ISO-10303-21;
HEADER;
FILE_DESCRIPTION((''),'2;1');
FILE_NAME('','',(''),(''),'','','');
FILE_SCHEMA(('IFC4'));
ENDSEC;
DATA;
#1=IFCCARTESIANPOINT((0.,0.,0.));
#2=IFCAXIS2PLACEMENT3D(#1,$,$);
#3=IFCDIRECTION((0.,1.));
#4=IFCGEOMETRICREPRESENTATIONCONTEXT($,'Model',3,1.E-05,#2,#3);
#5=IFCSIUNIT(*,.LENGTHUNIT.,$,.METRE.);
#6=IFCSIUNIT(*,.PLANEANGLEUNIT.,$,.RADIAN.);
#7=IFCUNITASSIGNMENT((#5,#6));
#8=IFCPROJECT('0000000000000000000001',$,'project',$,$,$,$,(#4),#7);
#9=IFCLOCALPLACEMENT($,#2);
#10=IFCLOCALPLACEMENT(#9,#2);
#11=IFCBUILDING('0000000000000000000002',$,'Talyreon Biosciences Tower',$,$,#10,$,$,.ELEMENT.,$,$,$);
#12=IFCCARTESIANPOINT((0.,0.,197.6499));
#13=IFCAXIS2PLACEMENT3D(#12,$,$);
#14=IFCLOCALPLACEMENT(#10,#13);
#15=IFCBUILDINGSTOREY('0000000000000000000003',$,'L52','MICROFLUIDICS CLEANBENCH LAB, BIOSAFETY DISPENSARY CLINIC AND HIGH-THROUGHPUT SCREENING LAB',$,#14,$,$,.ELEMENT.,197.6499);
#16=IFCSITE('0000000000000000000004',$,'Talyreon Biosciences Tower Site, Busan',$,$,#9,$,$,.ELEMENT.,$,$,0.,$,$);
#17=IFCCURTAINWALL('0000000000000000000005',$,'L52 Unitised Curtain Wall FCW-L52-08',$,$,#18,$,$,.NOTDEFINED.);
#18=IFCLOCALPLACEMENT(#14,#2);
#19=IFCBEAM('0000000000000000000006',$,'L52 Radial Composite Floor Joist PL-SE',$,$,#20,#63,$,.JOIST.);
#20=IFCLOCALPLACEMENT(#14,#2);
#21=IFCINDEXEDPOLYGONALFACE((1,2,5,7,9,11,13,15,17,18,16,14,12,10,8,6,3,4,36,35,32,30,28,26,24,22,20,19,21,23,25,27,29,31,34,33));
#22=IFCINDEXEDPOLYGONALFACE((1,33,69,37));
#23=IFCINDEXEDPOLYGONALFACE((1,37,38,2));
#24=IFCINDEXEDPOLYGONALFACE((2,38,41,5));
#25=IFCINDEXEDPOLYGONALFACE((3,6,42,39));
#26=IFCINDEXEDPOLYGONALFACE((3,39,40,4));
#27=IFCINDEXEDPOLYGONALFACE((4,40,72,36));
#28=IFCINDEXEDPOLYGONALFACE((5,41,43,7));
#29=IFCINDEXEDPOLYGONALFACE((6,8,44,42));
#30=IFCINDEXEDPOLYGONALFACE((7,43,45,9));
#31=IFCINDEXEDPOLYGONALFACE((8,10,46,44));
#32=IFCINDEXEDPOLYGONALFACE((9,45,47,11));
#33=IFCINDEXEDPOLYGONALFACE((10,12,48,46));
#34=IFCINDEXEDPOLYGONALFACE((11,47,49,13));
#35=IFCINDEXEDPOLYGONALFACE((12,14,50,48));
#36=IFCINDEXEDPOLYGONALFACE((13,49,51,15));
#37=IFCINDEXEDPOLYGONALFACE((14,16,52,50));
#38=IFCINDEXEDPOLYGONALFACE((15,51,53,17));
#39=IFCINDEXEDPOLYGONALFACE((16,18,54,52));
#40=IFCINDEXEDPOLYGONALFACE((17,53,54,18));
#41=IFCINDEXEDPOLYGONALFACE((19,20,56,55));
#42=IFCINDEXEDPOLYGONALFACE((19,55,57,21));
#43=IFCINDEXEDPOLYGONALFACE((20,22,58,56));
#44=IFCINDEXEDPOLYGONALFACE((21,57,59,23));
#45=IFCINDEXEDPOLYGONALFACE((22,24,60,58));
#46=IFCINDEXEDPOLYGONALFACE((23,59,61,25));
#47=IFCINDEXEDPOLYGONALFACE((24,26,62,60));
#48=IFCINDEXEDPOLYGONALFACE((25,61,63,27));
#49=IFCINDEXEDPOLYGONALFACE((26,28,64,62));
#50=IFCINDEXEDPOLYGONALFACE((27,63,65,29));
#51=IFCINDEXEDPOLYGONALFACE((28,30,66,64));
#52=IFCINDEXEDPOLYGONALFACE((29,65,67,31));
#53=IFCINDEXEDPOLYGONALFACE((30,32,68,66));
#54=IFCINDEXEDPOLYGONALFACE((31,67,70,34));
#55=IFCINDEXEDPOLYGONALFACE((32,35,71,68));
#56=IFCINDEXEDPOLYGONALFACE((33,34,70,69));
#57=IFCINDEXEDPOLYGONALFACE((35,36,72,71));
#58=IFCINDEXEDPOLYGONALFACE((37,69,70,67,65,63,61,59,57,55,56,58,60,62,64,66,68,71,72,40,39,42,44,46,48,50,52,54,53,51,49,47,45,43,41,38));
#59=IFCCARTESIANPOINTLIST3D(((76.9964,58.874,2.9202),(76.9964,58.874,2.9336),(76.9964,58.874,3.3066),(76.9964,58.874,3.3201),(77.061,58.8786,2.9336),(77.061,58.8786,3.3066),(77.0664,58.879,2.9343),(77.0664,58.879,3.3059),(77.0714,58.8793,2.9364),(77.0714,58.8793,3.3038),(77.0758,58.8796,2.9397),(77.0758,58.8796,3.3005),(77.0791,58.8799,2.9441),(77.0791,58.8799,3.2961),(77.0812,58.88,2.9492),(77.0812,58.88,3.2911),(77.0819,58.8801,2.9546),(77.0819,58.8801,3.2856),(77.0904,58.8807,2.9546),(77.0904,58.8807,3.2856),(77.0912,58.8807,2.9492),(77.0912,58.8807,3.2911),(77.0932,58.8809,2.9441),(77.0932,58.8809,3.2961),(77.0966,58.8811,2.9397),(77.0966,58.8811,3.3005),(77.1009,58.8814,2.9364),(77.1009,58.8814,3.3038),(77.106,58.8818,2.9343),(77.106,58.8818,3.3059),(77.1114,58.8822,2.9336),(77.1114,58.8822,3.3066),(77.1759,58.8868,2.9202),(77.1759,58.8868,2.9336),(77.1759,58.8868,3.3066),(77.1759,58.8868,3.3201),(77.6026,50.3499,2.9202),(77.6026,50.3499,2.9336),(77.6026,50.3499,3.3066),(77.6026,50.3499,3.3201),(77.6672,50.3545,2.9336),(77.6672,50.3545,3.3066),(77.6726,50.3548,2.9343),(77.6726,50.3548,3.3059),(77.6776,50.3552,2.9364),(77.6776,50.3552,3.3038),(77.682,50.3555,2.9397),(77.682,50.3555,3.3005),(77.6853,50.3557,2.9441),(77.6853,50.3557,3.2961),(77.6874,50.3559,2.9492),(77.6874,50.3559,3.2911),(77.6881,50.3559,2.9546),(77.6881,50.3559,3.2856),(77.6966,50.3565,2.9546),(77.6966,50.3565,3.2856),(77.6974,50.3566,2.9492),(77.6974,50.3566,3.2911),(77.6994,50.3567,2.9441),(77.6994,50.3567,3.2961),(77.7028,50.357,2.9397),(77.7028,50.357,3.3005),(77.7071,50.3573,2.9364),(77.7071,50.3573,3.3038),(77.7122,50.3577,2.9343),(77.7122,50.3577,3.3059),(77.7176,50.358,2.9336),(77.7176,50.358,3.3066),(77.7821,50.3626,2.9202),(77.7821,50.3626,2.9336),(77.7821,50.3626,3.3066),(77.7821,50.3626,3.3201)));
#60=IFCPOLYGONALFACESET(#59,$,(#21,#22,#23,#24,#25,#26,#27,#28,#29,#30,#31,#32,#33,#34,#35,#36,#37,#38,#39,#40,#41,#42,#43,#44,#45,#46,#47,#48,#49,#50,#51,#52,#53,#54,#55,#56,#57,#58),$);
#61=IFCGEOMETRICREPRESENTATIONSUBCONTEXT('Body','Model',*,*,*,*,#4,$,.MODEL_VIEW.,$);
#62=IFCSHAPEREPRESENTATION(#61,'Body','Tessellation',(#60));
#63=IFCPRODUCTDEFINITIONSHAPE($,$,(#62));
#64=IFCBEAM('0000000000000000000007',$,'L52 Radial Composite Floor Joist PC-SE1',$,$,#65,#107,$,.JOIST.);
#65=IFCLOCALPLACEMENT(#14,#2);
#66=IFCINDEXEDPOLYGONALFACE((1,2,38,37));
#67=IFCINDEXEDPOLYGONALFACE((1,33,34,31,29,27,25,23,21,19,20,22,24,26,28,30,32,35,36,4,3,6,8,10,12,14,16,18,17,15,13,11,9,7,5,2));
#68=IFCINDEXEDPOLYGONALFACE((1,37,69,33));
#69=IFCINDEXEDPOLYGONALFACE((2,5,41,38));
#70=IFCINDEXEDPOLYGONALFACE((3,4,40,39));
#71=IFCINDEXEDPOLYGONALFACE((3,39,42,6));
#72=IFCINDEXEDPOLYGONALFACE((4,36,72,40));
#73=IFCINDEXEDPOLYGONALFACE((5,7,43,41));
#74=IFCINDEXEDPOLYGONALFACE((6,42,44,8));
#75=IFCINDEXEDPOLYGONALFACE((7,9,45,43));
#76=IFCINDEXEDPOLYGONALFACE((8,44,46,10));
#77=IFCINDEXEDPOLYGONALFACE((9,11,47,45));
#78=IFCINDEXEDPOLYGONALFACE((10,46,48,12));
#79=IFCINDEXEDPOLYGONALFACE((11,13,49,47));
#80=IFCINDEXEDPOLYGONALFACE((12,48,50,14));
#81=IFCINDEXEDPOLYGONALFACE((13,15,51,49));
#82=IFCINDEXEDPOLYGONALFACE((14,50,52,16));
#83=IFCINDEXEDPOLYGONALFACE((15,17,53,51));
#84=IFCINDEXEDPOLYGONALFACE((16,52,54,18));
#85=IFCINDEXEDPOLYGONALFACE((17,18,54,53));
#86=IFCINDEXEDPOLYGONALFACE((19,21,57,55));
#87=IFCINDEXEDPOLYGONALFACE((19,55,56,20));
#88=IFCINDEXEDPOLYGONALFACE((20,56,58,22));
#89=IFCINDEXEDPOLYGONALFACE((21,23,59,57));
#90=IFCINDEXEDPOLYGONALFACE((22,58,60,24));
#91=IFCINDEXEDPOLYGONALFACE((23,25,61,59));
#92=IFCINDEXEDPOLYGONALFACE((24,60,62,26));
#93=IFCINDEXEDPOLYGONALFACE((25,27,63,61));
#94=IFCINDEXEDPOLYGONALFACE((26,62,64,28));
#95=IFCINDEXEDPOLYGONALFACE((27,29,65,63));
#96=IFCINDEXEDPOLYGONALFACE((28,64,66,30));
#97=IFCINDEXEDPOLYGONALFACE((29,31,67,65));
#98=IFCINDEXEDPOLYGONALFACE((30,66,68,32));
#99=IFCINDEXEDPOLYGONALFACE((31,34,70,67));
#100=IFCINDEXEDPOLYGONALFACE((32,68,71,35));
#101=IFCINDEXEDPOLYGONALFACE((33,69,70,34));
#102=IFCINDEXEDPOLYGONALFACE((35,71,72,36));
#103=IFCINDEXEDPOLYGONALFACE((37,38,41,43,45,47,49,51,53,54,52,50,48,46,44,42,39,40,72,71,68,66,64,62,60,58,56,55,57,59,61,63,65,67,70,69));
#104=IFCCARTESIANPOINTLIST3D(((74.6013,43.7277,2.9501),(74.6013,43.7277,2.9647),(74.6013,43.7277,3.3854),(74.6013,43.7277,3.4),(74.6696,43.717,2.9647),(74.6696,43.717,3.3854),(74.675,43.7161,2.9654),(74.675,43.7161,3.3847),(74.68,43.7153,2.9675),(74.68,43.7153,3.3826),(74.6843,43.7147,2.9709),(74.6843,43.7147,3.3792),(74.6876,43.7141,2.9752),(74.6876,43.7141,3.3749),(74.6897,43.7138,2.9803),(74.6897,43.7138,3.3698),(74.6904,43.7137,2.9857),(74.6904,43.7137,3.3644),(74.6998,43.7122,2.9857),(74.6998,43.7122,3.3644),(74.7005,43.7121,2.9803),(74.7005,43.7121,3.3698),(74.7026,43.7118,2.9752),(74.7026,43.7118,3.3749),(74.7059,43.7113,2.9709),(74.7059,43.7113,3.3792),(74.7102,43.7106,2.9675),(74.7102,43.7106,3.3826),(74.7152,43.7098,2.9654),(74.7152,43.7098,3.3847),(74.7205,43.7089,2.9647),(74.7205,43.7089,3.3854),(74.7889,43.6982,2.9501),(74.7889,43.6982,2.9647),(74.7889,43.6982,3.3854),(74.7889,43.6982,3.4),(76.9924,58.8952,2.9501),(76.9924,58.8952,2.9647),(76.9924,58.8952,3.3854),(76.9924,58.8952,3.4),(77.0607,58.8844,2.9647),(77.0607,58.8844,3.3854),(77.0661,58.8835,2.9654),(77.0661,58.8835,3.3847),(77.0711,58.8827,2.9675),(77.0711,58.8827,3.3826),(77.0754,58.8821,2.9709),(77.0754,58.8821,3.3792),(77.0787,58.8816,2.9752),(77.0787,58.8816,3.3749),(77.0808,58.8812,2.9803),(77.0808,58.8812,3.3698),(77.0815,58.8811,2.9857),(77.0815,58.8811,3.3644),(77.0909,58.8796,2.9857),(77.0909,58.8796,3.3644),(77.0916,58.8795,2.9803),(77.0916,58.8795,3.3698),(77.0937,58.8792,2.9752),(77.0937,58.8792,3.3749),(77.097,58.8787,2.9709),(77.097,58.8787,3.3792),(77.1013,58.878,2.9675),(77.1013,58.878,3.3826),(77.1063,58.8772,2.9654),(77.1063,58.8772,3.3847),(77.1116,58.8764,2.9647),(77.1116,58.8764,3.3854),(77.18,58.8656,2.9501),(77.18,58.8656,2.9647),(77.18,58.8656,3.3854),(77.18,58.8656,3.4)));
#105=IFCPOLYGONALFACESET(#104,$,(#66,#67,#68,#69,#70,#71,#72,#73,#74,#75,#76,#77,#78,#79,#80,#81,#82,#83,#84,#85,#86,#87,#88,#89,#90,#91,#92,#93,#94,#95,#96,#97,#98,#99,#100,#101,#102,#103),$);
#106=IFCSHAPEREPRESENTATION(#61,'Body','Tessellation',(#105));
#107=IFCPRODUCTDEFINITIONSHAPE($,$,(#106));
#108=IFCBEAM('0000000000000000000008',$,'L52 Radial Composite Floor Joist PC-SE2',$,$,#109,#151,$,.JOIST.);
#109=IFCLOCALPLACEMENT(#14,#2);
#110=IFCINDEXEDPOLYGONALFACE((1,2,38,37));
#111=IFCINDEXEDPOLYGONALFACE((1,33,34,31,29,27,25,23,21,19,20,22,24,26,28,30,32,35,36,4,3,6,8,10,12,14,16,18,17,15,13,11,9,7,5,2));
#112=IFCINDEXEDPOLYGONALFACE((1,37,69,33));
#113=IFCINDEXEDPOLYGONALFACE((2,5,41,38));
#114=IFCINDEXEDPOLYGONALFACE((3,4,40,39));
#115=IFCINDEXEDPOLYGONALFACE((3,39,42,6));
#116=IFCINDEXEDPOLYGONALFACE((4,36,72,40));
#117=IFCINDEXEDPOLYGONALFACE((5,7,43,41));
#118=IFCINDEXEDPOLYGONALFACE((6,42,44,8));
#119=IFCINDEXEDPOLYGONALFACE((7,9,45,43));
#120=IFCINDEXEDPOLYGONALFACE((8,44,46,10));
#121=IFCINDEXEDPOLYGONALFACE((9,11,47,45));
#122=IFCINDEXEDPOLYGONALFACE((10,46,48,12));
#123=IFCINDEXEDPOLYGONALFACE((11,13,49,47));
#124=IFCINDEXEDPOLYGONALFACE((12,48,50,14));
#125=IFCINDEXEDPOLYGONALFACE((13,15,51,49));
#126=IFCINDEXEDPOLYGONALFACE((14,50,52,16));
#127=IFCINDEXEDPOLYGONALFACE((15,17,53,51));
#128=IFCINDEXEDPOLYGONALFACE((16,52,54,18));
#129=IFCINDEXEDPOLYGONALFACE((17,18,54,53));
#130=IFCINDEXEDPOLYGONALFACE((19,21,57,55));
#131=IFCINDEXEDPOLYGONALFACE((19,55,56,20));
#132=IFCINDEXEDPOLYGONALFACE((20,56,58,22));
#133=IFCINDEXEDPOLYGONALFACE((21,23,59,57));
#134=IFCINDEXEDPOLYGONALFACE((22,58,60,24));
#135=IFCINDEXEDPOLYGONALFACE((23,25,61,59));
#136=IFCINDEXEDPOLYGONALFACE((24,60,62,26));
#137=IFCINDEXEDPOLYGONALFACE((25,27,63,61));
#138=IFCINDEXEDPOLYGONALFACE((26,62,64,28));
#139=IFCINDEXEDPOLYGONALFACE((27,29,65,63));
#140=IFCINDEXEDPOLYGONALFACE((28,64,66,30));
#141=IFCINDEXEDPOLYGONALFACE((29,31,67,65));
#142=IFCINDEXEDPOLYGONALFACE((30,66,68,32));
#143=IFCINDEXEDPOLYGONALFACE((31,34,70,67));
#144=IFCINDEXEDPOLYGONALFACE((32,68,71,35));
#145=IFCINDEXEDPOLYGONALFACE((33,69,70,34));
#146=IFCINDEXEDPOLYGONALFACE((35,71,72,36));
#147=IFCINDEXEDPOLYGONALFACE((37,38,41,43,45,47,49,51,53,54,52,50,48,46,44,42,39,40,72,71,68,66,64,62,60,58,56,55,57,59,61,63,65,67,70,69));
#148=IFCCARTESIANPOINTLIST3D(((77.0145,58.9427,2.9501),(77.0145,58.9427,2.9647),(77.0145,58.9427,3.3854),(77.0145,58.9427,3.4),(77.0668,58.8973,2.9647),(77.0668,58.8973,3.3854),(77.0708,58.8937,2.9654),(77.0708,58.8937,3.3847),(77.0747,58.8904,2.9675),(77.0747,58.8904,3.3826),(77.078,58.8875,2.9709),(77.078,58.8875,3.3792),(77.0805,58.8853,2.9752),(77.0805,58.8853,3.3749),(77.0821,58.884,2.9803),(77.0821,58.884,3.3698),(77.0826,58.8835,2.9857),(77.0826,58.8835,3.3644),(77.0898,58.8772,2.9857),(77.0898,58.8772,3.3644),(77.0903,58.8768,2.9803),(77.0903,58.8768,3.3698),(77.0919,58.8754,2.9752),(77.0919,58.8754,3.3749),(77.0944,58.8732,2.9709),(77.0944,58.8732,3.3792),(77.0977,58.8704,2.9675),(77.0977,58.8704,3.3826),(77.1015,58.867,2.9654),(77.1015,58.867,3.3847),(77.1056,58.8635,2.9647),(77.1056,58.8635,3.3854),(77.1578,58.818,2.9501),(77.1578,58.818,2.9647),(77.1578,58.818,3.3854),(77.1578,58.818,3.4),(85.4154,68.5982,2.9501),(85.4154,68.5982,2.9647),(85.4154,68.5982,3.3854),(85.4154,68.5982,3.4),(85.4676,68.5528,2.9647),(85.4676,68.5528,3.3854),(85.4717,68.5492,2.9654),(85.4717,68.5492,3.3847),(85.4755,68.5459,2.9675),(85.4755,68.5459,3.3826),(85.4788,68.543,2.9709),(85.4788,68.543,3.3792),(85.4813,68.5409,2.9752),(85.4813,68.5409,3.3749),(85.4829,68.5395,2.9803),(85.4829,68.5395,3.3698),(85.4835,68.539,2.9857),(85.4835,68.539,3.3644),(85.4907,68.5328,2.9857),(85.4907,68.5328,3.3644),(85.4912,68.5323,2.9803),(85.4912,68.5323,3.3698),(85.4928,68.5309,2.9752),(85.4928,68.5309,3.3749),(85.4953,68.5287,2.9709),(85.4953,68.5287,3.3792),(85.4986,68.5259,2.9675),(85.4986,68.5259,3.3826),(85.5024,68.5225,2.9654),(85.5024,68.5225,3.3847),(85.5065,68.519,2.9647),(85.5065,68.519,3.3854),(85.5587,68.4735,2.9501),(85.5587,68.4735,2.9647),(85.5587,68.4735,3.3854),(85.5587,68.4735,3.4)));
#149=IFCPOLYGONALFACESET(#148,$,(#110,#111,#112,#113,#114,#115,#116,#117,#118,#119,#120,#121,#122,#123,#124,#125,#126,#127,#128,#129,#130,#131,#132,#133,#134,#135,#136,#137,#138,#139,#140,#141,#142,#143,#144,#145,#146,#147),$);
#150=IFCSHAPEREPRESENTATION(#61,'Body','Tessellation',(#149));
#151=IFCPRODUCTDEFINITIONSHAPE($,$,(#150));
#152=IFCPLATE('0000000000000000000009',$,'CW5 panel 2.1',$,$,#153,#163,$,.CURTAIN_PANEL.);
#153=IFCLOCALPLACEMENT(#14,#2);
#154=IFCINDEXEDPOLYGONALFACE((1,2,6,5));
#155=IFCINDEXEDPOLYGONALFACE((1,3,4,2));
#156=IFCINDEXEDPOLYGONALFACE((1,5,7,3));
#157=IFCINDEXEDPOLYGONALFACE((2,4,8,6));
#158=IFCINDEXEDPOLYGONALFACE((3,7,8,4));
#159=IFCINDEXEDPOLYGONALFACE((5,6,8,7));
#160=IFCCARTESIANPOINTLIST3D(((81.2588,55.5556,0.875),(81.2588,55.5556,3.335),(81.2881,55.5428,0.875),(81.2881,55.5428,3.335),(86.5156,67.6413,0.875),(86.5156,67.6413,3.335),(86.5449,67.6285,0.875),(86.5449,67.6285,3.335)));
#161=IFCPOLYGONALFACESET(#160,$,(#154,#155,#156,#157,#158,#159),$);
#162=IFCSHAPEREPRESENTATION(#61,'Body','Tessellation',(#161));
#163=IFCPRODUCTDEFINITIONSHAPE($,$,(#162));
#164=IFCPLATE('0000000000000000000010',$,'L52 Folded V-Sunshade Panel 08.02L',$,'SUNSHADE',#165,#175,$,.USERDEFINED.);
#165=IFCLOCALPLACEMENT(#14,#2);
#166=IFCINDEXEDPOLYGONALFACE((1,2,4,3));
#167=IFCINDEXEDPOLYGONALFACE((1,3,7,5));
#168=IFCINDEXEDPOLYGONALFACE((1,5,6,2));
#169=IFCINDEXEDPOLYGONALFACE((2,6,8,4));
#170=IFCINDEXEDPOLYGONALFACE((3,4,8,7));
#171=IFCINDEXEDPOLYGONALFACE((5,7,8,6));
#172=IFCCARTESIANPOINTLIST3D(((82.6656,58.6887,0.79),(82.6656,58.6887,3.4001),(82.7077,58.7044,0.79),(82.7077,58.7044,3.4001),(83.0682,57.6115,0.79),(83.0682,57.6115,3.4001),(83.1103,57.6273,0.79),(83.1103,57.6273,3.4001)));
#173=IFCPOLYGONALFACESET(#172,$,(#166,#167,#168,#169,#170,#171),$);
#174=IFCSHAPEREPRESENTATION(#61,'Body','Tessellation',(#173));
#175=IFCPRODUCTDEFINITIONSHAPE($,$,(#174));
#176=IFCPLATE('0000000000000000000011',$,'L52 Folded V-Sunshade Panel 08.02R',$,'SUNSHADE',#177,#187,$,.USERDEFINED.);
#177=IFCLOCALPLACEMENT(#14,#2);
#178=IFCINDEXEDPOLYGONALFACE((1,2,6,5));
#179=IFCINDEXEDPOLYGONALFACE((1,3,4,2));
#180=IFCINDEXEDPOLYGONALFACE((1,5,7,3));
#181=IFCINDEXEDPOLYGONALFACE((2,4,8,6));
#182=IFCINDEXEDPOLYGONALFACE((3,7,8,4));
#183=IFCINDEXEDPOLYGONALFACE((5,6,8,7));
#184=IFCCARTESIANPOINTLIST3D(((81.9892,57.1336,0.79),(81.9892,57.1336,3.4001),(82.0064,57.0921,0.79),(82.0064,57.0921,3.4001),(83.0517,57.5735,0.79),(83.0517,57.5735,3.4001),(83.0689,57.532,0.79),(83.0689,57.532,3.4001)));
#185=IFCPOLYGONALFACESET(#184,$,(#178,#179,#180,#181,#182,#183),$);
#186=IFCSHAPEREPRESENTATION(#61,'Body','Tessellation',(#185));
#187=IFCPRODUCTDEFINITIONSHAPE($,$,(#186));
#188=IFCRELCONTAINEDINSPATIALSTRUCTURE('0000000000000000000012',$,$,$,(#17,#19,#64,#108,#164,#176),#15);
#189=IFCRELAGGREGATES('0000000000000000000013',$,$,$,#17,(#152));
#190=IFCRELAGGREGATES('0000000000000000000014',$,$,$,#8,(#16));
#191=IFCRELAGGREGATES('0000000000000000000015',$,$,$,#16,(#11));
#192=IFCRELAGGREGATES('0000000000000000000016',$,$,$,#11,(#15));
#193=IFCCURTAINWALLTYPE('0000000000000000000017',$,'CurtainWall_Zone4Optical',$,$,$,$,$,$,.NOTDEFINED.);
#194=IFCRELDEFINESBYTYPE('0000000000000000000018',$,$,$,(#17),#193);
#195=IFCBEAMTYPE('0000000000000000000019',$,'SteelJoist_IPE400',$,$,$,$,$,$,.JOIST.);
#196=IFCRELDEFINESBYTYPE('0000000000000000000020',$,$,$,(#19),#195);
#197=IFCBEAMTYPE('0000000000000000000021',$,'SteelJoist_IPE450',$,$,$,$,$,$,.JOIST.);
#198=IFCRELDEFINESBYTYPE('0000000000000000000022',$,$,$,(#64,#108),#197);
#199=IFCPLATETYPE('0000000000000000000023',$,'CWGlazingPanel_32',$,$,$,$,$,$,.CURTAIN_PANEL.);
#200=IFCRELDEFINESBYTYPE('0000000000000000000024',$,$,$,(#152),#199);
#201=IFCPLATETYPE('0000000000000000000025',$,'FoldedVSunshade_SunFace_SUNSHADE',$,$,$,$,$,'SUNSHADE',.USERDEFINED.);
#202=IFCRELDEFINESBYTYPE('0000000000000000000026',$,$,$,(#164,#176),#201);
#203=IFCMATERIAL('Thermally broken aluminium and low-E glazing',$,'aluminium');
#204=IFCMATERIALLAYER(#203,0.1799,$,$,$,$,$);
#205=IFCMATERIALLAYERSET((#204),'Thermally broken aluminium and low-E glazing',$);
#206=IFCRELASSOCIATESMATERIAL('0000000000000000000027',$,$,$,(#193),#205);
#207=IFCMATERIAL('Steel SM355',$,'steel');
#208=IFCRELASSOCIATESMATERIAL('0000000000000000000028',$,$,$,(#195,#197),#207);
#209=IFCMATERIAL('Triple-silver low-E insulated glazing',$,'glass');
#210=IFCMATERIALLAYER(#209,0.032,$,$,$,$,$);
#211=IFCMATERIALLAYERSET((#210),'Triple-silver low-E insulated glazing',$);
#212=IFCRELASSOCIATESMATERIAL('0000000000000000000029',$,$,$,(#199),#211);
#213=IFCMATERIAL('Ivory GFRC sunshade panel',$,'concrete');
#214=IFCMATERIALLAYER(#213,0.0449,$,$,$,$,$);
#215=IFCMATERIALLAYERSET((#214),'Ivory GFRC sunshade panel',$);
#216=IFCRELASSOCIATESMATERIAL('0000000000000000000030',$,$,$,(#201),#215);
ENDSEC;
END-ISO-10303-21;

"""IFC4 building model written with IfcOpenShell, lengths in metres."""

from ifc_helpers import new_model, si_unit, direction, frame, origin, origin_2d, place, context, subcontext, project, spatial, rectangle, i_section, extrude, material, layer, layer_set, material_profile, profile_set, type_object, element, aggregate, save


model = new_model("IFC4")

# Units and contexts
model_context = context("Model", 3, precision=1e-05, world=origin(), true_north=direction((0.0, 1.0)))
body_context = subcontext(model_context, "Body", "Model", "MODEL_VIEW")
ifc_project = project(units=[si_unit("LENGTHUNIT", "METRE"), si_unit("PLANEANGLEUNIT", "RADIAN")], contexts=[model_context])

# Site, building, storey
site_placement = place(None, origin())
site = spatial("IfcSite", under=ifc_project, at=site_placement, Name="Talyreon Biosciences Tower Site, Busan", CompositionType="ELEMENT", RefElevation=0.0)
building_placement = place(site_placement, origin())
building = spatial("IfcBuilding", under=site, at=building_placement, Name="Talyreon Biosciences Tower", CompositionType="ELEMENT")
storey_placement = place(building_placement, frame((0.0, 0.0, 197.6499)))
storey = spatial("IfcBuildingStorey", under=building, at=storey_placement, Name="L52", Description="MICROFLUIDICS CLEANBENCH LAB, BIOSAFETY DISPENSARY CLINIC AND HIGH-THROUGHPUT SCREENING LAB", CompositionType="ELEMENT", Elevation=197.6499)

# Curtain wall
ifc_material_1 = material(Name="Thermally broken aluminium and low-E glazing", Category="aluminium")
ifc_layer_1 = layer(ifc_material_1, 0.1799)
ifc_layer_set_1 = layer_set([ifc_layer_1], Name="Thermally broken aluminium and low-E glazing")
curtain_wall_type = type_object("IfcCurtainWallType", Name="CurtainWall_Zone4Optical", PredefinedType="NOTDEFINED", material=ifc_layer_set_1)
curtain_wall_placement = place(storey_placement, origin())
curtain_wall = element("IfcCurtainWall", 1, at=curtain_wall_placement, inside=storey, type_object=curtain_wall_type, Name="L52 Unitised Curtain Wall FCW-L52-08", PredefinedType="NOTDEFINED")

# Beams
ifc_material_2 = material(Name="Steel SM355", Category="steel")
ifc_material_profile_1 = material_profile(ifc_material_2, i_section(OverallWidth=0.1799, OverallDepth=0.3999, WebThickness=0.0085, FlangeThickness=0.0134, FilletRadius=0.021, at=origin_2d()), Name="IPE400")
ifc_profile_set_1 = profile_set([ifc_material_profile_1], Name="Steel SM355")
beam_type_1 = type_object("IfcBeamType", Name="SteelJoist_IPE400", PredefinedType="JOIST", material=ifc_profile_set_1)
beam_1_placement = place(storey_placement, frame((77.0862, 58.8804, 3.1201), z_axis=(0.070936, -0.997481, 0.0), x_axis=(0.997481, 0.070936, 0.0)))
element("IfcBeam", 2, at=beam_1_placement, inside=storey, type_object=beam_type_1, Name="L52 Radial Composite Floor Joist PL-SE", PredefinedType="JOIST", context=body_context, shape_type="SweptSolid", body=[
    extrude(i_section(OverallWidth=0.1799, OverallDepth=0.3999, WebThickness=0.0085, FlangeThickness=0.0134, FilletRadius=0.021, at=origin_2d()), origin(), (0.0, 0.0, 1.0), 8.5457),
])
ifc_material_profile_2 = material_profile(ifc_material_2, i_section(OverallWidth=0.1899, OverallDepth=0.45, WebThickness=0.0095, FlangeThickness=0.0146, FilletRadius=0.021, at=origin_2d()), Name="IPE450")
ifc_profile_set_2 = profile_set([ifc_material_profile_2], Name="Steel SM355")
beam_type_2 = type_object("IfcBeamType", Name="SteelJoist_IPE450", PredefinedType="JOIST", material=ifc_profile_set_2)
beam_2_placement = place(storey_placement, frame((77.0862, 58.8804, 3.175), z_axis=(-0.155724, -0.987801, 0.0), x_axis=(0.987801, -0.155724, 0.0)))
element("IfcBeam", 3, at=beam_2_placement, inside=storey, type_object=beam_type_2, Name="L52 Radial Composite Floor Joist PC-SE1", PredefinedType="JOIST", context=body_context, shape_type="SweptSolid", body=[
    extrude(i_section(OverallWidth=0.1899, OverallDepth=0.45, WebThickness=0.0095, FlangeThickness=0.0146, FilletRadius=0.021, at=origin_2d()), origin(), (0.0, 0.0, 1.0), 15.3547),
])
beam_3_placement = place(storey_placement, frame((77.0862, 58.8804, 3.175), z_axis=(0.656391, 0.754421, 0.0), x_axis=(-0.754421, 0.656391, 0.0)))
element("IfcBeam", 4, at=beam_3_placement, inside=storey, type_object=beam_type_2, Name="L52 Radial Composite Floor Joist PC-SE2", PredefinedType="JOIST", context=body_context, shape_type="SweptSolid", body=[
    extrude(i_section(OverallWidth=0.1899, OverallDepth=0.45, WebThickness=0.0095, FlangeThickness=0.0146, FilletRadius=0.021, at=origin_2d()), origin(), (0.0, 0.0, 1.0), 12.7986),
])

# Plate
ifc_material_3 = material(Name="Triple-silver low-E insulated glazing", Category="glass")
ifc_layer_2 = layer(ifc_material_3, 0.032)
ifc_layer_set_2 = layer_set([ifc_layer_2], Name="Triple-silver low-E insulated glazing")
plate_type_1 = type_object("IfcPlateType", Name="CWGlazingPanel_32", PredefinedType="CURTAIN_PANEL", material=ifc_layer_set_2)
plate_placement = place(storey_placement, frame((83.9019, 61.592, 0.875), z_axis=(0.0, 0.0, 1.0), x_axis=(-0.398862, -0.917011, 0.0)))
plate = element("IfcPlate", 5, at=plate_placement, type_object=plate_type_1, Name="CW5 panel 2.1", PredefinedType="CURTAIN_PANEL", context=body_context, shape_type="SweptSolid", body=[
    extrude(rectangle(XDim=13.1794, YDim=0.032, at=origin_2d()), origin(), (0.0, 0.0, 1.0), 2.46),
])
aggregate(curtain_wall, [plate])

# Plates
ifc_material_4 = material(Name="Ivory GFRC sunshade panel", Category="concrete")
ifc_layer_3 = layer(ifc_material_4, 0.0449)
ifc_layer_set_3 = layer_set([ifc_layer_3], Name="Ivory GFRC sunshade panel")
plate_type_2 = type_object("IfcPlateType", Name="FoldedVSunshade_SunFace_SUNSHADE", ElementType="SUNSHADE", PredefinedType="USERDEFINED", material=ifc_layer_set_3)
for number, where, z_axis, x_axis, name in (
    (6, (82.8879, 58.158, 0.79), (0.0, 0.0, 1.0), (0.350093, -0.936715, 0.0), "L52 Folded V-Sunshade Panel 08.02L"),
    (7, (82.5291, 57.3328, 0.79), (0.0, 0.0, 1.0), (-0.923926, -0.382571, 0.0), "L52 Folded V-Sunshade Panel 08.02R"),
):
    element("IfcPlate", number, at=place(storey_placement, frame(where, z_axis=z_axis, x_axis=x_axis)), inside=storey, type_object=plate_type_2, Name=name, ObjectType="SUNSHADE", PredefinedType="USERDEFINED", context=body_context, shape_type="SweptSolid", body=[
        extrude(rectangle(XDim=1.1499, YDim=0.0449, at=origin_2d()), origin(), (0.0, 0.0, 1.0), 2.6101),
    ])

save(model, "model.ifc")
